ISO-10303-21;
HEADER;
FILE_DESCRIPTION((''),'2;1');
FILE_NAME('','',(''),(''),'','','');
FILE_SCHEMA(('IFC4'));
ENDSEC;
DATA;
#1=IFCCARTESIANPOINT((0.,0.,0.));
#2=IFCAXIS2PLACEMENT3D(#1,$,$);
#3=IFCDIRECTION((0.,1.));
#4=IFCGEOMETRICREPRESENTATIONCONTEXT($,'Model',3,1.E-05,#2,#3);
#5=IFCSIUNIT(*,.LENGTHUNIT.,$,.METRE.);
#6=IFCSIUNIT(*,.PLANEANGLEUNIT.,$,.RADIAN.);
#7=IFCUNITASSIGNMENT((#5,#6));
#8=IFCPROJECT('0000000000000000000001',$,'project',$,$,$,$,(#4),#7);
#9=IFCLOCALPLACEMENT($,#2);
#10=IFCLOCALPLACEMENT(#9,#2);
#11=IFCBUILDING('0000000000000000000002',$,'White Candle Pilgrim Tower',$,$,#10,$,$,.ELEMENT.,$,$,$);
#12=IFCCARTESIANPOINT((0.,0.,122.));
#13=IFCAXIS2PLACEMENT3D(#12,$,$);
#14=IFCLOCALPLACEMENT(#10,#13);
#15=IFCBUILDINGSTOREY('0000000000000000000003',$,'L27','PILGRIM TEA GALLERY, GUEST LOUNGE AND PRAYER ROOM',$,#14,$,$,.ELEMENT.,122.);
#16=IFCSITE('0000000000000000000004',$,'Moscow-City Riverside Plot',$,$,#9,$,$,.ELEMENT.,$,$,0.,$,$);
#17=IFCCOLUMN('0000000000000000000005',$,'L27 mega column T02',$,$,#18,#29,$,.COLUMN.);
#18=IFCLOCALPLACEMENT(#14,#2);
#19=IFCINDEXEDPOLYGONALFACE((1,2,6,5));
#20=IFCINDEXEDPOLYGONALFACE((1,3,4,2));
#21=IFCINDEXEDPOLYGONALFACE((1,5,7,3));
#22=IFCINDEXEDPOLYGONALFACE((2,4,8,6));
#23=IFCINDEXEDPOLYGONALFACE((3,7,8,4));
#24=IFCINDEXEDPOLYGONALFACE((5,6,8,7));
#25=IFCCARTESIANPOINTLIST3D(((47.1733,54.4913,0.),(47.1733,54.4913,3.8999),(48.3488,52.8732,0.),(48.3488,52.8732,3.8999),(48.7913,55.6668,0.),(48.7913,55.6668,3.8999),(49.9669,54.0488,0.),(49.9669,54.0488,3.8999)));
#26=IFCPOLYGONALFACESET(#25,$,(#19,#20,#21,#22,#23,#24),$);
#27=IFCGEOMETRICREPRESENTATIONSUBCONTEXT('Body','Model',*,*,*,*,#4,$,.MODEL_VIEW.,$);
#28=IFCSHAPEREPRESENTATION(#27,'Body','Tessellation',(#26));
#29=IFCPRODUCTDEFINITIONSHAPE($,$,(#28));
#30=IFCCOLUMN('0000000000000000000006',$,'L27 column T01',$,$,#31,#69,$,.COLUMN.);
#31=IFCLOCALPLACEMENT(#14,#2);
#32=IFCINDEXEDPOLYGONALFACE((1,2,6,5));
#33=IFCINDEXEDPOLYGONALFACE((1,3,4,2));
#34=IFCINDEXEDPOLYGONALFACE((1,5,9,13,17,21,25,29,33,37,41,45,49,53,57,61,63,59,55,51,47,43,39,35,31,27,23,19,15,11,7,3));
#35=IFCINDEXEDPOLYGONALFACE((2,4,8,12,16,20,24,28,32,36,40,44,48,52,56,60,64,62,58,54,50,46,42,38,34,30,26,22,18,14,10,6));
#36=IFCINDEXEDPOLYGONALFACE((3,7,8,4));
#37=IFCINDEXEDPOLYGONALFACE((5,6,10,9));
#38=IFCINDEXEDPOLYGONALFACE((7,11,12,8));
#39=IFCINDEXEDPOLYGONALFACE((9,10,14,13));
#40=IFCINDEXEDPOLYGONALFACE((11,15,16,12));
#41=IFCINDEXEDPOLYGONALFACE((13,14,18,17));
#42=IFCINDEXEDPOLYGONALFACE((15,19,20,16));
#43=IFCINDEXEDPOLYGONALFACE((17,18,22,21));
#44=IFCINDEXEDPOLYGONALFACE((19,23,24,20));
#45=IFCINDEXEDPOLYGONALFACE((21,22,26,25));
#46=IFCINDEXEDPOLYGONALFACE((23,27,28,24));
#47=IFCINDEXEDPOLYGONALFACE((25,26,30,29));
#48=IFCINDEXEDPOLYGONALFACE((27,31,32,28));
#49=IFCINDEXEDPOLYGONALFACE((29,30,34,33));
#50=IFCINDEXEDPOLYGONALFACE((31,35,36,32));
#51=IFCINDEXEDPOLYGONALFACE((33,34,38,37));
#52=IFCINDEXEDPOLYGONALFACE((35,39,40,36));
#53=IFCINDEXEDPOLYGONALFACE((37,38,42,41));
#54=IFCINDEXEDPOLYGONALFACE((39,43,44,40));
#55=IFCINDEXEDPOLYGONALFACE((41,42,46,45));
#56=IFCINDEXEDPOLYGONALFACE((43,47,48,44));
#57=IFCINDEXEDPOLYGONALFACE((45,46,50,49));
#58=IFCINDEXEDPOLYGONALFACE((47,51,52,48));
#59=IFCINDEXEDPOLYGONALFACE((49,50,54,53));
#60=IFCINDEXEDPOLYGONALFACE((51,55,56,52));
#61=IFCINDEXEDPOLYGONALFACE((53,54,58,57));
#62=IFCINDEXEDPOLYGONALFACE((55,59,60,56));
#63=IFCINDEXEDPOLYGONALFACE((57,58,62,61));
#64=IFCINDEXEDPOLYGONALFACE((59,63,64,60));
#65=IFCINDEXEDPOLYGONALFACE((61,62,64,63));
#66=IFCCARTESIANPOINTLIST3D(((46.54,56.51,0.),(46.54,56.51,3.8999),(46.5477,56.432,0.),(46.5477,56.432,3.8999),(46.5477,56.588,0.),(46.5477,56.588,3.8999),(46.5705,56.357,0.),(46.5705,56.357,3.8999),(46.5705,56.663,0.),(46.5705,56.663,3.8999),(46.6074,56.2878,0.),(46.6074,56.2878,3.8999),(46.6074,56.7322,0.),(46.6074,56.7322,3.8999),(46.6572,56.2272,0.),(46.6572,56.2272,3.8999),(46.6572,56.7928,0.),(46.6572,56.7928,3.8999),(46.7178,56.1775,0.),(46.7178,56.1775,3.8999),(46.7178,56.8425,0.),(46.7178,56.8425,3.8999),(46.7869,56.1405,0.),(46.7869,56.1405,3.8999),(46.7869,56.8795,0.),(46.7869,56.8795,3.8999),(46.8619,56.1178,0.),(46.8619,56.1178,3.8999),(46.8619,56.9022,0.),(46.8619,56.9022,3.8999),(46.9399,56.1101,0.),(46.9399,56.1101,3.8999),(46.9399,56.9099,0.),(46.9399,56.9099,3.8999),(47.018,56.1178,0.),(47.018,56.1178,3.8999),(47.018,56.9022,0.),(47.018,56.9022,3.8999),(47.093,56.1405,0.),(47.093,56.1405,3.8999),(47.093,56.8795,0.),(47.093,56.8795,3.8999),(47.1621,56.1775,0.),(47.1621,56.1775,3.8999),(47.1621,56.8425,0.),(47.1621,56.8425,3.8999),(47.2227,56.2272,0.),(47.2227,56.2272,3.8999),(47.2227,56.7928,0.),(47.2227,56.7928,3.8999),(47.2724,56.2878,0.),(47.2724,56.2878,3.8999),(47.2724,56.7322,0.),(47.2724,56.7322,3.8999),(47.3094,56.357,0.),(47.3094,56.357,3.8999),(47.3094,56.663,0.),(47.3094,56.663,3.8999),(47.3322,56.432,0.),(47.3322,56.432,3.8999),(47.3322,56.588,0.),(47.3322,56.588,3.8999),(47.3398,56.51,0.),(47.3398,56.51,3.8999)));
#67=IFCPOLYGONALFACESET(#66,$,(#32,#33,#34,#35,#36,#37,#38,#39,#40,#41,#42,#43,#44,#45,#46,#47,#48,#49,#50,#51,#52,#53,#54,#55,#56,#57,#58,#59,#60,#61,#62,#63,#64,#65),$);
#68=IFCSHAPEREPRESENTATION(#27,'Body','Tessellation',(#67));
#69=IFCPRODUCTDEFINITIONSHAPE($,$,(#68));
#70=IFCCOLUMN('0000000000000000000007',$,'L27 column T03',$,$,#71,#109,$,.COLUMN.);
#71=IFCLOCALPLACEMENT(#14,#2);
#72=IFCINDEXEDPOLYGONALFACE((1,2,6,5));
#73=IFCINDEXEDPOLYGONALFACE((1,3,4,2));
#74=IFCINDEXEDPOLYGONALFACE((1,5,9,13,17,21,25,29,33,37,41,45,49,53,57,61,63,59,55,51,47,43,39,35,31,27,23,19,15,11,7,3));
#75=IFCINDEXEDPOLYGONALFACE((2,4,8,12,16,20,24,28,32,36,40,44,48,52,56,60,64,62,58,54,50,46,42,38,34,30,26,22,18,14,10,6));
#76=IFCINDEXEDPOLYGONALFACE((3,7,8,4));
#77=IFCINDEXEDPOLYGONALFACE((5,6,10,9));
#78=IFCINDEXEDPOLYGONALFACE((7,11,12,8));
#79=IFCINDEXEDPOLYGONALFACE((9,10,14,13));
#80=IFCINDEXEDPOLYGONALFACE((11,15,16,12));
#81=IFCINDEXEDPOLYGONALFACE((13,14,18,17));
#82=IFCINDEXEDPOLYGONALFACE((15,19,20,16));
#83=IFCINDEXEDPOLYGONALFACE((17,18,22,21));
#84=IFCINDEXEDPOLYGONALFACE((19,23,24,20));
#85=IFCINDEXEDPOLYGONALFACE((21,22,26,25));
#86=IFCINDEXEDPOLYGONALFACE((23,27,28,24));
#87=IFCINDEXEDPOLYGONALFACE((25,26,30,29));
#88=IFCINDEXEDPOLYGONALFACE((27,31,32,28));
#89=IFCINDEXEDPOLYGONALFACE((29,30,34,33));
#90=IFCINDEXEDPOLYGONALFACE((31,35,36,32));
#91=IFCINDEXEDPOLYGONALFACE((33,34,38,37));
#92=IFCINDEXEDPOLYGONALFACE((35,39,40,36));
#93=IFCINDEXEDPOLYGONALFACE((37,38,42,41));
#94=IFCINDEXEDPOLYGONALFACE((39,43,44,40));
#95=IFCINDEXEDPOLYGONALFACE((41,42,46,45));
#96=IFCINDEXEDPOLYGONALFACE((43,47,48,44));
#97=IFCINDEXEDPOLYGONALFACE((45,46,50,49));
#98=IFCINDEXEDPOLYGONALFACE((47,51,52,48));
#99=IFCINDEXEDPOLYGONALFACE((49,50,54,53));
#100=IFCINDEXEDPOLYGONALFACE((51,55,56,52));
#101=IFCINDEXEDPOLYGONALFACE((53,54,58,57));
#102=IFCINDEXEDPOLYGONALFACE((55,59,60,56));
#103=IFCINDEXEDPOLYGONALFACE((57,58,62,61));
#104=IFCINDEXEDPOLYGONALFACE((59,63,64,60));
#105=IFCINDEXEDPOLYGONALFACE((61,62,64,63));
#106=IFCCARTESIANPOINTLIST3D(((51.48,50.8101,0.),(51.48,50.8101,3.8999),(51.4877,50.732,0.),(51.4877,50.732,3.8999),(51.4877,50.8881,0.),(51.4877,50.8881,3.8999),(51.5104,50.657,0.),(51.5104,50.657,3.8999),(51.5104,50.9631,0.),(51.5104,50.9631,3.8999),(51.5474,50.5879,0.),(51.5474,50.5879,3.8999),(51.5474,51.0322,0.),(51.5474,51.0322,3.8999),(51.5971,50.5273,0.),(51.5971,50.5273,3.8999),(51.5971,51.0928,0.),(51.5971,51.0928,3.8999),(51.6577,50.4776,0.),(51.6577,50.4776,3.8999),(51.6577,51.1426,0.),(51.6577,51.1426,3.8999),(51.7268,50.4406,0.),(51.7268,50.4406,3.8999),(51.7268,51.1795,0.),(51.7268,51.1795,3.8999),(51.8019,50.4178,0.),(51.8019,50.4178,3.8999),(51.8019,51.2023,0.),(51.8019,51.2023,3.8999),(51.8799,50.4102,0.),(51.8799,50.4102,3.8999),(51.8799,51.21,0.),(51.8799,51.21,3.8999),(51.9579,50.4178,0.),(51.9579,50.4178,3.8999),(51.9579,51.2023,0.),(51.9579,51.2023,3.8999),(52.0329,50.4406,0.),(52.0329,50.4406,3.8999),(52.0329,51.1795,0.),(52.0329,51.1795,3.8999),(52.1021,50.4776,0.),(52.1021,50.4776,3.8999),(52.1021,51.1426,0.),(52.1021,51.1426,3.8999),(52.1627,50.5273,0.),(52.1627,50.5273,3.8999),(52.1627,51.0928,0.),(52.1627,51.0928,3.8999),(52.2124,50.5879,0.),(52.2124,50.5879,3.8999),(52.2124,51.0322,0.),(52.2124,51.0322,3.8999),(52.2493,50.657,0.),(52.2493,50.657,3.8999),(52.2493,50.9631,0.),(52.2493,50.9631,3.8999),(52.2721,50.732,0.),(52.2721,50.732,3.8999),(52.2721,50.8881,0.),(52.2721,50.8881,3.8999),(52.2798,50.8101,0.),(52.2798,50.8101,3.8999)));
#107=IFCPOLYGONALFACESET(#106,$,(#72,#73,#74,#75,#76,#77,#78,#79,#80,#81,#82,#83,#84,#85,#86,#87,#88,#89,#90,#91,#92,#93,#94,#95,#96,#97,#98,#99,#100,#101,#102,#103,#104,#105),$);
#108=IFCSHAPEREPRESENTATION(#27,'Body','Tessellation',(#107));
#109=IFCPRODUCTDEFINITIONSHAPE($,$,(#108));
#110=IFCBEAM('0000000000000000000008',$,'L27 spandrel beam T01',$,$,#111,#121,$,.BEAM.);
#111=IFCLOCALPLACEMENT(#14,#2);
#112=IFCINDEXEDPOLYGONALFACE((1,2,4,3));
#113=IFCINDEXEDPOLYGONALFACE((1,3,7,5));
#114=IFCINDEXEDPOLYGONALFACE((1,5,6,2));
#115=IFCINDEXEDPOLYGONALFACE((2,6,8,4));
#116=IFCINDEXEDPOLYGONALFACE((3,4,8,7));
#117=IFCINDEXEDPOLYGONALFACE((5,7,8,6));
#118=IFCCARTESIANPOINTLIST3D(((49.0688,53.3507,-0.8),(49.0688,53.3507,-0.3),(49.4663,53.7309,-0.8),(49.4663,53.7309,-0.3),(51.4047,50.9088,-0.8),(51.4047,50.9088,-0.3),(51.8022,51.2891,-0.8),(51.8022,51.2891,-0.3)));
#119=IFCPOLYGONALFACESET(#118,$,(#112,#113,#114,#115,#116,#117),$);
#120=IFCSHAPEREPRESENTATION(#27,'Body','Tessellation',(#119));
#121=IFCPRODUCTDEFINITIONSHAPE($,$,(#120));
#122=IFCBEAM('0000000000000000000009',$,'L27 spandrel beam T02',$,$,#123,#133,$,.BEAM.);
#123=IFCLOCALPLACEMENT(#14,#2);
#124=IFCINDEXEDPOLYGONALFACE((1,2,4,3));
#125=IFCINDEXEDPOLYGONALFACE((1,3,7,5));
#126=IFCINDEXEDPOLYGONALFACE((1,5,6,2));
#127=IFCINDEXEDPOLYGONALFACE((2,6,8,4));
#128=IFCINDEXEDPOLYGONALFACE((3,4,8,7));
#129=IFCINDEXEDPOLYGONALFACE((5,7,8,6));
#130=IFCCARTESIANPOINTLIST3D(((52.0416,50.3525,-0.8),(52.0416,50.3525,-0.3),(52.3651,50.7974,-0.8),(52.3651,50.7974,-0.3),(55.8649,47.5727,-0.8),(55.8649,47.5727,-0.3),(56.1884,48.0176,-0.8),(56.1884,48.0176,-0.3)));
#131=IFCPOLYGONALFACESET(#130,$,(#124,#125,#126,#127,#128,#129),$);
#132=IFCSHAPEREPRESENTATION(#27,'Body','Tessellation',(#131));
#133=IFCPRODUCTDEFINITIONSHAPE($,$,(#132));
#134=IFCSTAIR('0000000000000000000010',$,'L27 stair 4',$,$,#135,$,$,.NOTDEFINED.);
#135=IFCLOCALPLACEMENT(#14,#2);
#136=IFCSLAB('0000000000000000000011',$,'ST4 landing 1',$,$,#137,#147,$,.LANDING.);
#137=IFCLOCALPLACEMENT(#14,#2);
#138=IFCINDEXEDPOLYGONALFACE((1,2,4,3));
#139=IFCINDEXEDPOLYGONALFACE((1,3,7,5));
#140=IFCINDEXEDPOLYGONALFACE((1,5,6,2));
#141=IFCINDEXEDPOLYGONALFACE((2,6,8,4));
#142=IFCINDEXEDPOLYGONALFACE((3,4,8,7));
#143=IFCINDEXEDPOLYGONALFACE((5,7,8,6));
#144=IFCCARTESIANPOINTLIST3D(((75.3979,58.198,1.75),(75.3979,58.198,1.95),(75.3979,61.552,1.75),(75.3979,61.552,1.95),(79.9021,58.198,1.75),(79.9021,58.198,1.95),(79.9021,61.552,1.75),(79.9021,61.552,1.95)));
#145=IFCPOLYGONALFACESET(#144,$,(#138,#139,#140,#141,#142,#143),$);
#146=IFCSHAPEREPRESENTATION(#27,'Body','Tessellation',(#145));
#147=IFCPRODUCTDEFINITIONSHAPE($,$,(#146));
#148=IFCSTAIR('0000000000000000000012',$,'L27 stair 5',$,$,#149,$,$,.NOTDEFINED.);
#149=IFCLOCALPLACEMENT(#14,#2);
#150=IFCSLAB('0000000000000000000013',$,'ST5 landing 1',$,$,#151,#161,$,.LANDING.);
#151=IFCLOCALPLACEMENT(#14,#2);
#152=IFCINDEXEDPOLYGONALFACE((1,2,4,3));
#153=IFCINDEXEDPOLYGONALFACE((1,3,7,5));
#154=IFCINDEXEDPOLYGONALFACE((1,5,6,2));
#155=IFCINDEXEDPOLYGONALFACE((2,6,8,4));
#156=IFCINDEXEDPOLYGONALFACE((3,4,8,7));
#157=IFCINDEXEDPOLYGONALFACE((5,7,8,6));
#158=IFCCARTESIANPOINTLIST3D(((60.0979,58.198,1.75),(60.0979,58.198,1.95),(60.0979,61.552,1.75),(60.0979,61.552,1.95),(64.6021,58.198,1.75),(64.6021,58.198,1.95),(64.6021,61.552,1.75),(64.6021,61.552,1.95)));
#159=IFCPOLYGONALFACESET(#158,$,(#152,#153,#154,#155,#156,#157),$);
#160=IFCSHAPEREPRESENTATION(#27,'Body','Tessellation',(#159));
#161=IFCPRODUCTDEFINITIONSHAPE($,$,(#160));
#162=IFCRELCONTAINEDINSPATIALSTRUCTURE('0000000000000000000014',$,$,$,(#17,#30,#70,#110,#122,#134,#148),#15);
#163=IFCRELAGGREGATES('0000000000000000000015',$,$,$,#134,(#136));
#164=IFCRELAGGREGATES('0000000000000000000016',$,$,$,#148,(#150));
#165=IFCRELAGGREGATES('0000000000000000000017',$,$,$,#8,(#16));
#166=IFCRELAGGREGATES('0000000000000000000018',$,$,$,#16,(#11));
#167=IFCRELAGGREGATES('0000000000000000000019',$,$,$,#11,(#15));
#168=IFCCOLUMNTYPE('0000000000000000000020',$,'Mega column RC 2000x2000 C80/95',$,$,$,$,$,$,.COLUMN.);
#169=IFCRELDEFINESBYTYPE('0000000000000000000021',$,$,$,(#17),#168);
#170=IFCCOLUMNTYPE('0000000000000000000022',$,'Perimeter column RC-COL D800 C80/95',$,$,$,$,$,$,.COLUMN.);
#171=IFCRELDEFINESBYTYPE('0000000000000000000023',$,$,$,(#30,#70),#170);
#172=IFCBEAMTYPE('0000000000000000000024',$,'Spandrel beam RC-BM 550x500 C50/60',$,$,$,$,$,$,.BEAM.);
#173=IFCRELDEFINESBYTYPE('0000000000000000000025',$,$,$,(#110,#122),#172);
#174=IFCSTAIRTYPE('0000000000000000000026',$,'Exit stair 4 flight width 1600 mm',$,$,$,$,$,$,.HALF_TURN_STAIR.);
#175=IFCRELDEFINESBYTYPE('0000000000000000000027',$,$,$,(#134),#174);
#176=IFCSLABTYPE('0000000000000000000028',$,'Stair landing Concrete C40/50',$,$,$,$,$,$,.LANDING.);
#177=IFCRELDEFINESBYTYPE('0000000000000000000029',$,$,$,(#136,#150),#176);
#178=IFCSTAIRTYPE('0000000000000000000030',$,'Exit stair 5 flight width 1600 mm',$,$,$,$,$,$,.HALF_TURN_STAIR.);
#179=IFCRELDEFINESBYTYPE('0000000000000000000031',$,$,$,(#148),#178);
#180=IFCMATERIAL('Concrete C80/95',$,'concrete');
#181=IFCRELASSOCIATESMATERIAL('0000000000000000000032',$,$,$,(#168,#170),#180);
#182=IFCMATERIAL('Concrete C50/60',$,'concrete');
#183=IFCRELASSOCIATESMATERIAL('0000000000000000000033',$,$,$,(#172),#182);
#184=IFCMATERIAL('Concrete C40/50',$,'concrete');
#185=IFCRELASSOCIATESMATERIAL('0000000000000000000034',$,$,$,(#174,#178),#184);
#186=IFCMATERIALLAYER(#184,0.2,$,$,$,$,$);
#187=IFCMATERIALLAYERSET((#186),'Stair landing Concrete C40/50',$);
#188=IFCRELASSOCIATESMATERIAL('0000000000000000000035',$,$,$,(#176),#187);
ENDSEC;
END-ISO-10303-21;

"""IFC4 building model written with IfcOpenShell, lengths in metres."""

from ifc_helpers import new_model, si_unit, direction, frame, origin, origin_2d, place, context, subcontext, project, spatial, polyline, rectangle, circle, outline, extrude, material, layer, layer_set, material_profile, profile_set, type_object, element, aggregate, save


model = new_model("IFC4")

# Units and contexts
model_context = context("Model", 3, precision=1e-05, world=origin(), true_north=direction((0.0, 1.0)))
body_context = subcontext(model_context, "Body", "Model", "MODEL_VIEW")
ifc_project = project(units=[si_unit("LENGTHUNIT", "METRE"), si_unit("PLANEANGLEUNIT", "RADIAN")], contexts=[model_context])

# Site, building, storey
site_placement = place(None, origin())
site = spatial("IfcSite", under=ifc_project, at=site_placement, Name="Moscow-City Riverside Plot", CompositionType="ELEMENT", RefElevation=0.0)
building_placement = place(site_placement, origin())
building = spatial("IfcBuilding", under=site, at=building_placement, Name="White Candle Pilgrim Tower", CompositionType="ELEMENT")
storey_placement = place(building_placement, frame((0.0, 0.0, 122.0)))
storey = spatial("IfcBuildingStorey", under=building, at=storey_placement, Name="L27", Description="PILGRIM TEA GALLERY, GUEST LOUNGE AND PRAYER ROOM", CompositionType="ELEMENT", Elevation=122.0)

# Columns
ifc_material_1 = material(Name="Concrete C80/95", Category="concrete")
ifc_material_profile_1 = material_profile(ifc_material_1, rectangle(XDim=2.0, YDim=2.0, at=origin_2d()), Name="RC 2000x2000")
ifc_profile_set_1 = profile_set([ifc_material_profile_1], Name="Concrete C80/95")
column_type_1 = type_object("IfcColumnType", Name="Mega column RC 2000x2000 C80/95", PredefinedType="COLUMN", material=ifc_profile_set_1)
column_placement = place(storey_placement, frame((48.5701, 54.27, 0.0), z_axis=(0.0, 0.0, 1.0), x_axis=(-0.809017, -0.587785, 0.0)))
element("IfcColumn", 1, at=column_placement, inside=storey, type_object=column_type_1, Name="L27 mega column T02", PredefinedType="COLUMN", context=body_context, shape_type="SweptSolid", body=[
    extrude(rectangle(XDim=2.0, YDim=2.0, at=origin_2d()), origin(), (0.0, 0.0, 1.0), 3.8999),
])
ifc_material_profile_2 = material_profile(ifc_material_1, circle(Radius=0.3999, at=origin_2d()), Name="RC-COL D800")
ifc_profile_set_2 = profile_set([ifc_material_profile_2], Name="Concrete C80/95")
column_type_2 = type_object("IfcColumnType", Name="Perimeter column RC-COL D800 C80/95", PredefinedType="COLUMN", material=ifc_profile_set_2)
for number, where, z_axis, x_axis, name in (
    (2, (46.9399, 56.51, 0.0), (0.0, 0.0, 1.0), (1.0, 0.0, 0.0), "L27 column T01"),
    (3, (51.8799, 50.8101, 0.0), (0.0, 0.0, 1.0), (1.0, 0.0, 0.0), "L27 column T03"),
):
    element("IfcColumn", number, at=place(storey_placement, frame(where, z_axis=z_axis, x_axis=x_axis)), inside=storey, type_object=column_type_2, Name=name, PredefinedType="COLUMN", context=body_context, shape_type="SweptSolid", body=[
        extrude(circle(Radius=0.3999, at=origin_2d()), origin(), (0.0, 0.0, 1.0), 3.8999),
    ])

# Beams
ifc_material_2 = material(Name="Concrete C50/60", Category="concrete")
ifc_material_profile_3 = material_profile(ifc_material_2, rectangle(XDim=0.55, YDim=0.5, at=origin_2d()), Name="RC-BM 550x500")
ifc_profile_set_3 = profile_set([ifc_material_profile_3], Name="Concrete C50/60")
beam_type = type_object("IfcBeamType", Name="Spandrel beam RC-BM 550x500 C50/60", PredefinedType="BEAM", material=ifc_profile_set_3)
beam_1_placement = place(storey_placement, frame((49.2676, 53.5408, -0.55), z_axis=(0.691255, -0.72261, 0.0), x_axis=(0.72261, 0.691255, 0.0)))
element("IfcBeam", 4, at=beam_1_placement, inside=storey, type_object=beam_type, Name="L27 spandrel beam T01", PredefinedType="BEAM", context=body_context, shape_type="SweptSolid", body=[
    extrude(rectangle(XDim=0.55, YDim=0.5, at=origin_2d()), origin(), (0.0, 0.0, 1.0), 3.3792),
])
beam_2_placement = place(storey_placement, frame((52.2034, 50.575, -0.55), z_axis=(0.808812, -0.588067, 0.0), x_axis=(0.588067, 0.808812, 0.0)))
element("IfcBeam", 5, at=beam_2_placement, inside=storey, type_object=beam_type, Name="L27 spandrel beam T02", PredefinedType="BEAM", context=body_context, shape_type="SweptSolid", body=[
    extrude(rectangle(XDim=0.55, YDim=0.5, at=origin_2d()), origin(), (0.0, 0.0, 1.0), 4.7271),
])

# Stairs, slabs
ifc_material_3 = material(Name="Concrete C40/50", Category="concrete")
stair_type_1 = type_object("IfcStairType", Name="Exit stair 4 flight width 1600 mm", PredefinedType="HALF_TURN_STAIR", material=ifc_material_3)
stair_1_placement = place(storey_placement, origin())
stair_1 = element("IfcStair", 6, at=stair_1_placement, inside=storey, type_object=stair_type_1, Name="L27 stair 4", PredefinedType="NOTDEFINED")
ifc_layer_1 = layer(ifc_material_3, 0.2)
ifc_layer_set_1 = layer_set([ifc_layer_1], Name="Stair landing Concrete C40/50")
slab_type = type_object("IfcSlabType", Name="Stair landing Concrete C40/50", PredefinedType="LANDING", material=ifc_layer_set_1)
slab_1_placement = place(storey_placement, frame((0.0, 0.0, 1.75)))
slab_1 = element("IfcSlab", 7, at=slab_1_placement, type_object=slab_type, Name="ST4 landing 1", PredefinedType="LANDING", context=body_context, shape_type="SweptSolid", body=[
    extrude(outline(polyline([(79.9021, 61.552), (79.9021, 58.198), (75.3979, 58.198), (75.3979, 61.552), (79.9021, 61.552)])), origin(), (0.0, 0.0, 1.0), 0.2),
])
aggregate(stair_1, [slab_1])
stair_type_2 = type_object("IfcStairType", Name="Exit stair 5 flight width 1600 mm", PredefinedType="HALF_TURN_STAIR", material=ifc_material_3)
stair_2_placement = place(storey_placement, origin())
stair_2 = element("IfcStair", 8, at=stair_2_placement, inside=storey, type_object=stair_type_2, Name="L27 stair 5", PredefinedType="NOTDEFINED")
slab_2_placement = place(storey_placement, frame((0.0, 0.0, 1.75)))
slab_2 = element("IfcSlab", 9, at=slab_2_placement, type_object=slab_type, Name="ST5 landing 1", PredefinedType="LANDING", context=body_context, shape_type="SweptSolid", body=[
    extrude(outline(polyline([(60.0979, 58.198), (60.0979, 61.552), (64.6021, 61.552), (64.6021, 58.198), (60.0979, 58.198)])), origin(), (0.0, 0.0, 1.0), 0.2),
])
aggregate(stair_2, [slab_2])

save(model, "model.ifc")
